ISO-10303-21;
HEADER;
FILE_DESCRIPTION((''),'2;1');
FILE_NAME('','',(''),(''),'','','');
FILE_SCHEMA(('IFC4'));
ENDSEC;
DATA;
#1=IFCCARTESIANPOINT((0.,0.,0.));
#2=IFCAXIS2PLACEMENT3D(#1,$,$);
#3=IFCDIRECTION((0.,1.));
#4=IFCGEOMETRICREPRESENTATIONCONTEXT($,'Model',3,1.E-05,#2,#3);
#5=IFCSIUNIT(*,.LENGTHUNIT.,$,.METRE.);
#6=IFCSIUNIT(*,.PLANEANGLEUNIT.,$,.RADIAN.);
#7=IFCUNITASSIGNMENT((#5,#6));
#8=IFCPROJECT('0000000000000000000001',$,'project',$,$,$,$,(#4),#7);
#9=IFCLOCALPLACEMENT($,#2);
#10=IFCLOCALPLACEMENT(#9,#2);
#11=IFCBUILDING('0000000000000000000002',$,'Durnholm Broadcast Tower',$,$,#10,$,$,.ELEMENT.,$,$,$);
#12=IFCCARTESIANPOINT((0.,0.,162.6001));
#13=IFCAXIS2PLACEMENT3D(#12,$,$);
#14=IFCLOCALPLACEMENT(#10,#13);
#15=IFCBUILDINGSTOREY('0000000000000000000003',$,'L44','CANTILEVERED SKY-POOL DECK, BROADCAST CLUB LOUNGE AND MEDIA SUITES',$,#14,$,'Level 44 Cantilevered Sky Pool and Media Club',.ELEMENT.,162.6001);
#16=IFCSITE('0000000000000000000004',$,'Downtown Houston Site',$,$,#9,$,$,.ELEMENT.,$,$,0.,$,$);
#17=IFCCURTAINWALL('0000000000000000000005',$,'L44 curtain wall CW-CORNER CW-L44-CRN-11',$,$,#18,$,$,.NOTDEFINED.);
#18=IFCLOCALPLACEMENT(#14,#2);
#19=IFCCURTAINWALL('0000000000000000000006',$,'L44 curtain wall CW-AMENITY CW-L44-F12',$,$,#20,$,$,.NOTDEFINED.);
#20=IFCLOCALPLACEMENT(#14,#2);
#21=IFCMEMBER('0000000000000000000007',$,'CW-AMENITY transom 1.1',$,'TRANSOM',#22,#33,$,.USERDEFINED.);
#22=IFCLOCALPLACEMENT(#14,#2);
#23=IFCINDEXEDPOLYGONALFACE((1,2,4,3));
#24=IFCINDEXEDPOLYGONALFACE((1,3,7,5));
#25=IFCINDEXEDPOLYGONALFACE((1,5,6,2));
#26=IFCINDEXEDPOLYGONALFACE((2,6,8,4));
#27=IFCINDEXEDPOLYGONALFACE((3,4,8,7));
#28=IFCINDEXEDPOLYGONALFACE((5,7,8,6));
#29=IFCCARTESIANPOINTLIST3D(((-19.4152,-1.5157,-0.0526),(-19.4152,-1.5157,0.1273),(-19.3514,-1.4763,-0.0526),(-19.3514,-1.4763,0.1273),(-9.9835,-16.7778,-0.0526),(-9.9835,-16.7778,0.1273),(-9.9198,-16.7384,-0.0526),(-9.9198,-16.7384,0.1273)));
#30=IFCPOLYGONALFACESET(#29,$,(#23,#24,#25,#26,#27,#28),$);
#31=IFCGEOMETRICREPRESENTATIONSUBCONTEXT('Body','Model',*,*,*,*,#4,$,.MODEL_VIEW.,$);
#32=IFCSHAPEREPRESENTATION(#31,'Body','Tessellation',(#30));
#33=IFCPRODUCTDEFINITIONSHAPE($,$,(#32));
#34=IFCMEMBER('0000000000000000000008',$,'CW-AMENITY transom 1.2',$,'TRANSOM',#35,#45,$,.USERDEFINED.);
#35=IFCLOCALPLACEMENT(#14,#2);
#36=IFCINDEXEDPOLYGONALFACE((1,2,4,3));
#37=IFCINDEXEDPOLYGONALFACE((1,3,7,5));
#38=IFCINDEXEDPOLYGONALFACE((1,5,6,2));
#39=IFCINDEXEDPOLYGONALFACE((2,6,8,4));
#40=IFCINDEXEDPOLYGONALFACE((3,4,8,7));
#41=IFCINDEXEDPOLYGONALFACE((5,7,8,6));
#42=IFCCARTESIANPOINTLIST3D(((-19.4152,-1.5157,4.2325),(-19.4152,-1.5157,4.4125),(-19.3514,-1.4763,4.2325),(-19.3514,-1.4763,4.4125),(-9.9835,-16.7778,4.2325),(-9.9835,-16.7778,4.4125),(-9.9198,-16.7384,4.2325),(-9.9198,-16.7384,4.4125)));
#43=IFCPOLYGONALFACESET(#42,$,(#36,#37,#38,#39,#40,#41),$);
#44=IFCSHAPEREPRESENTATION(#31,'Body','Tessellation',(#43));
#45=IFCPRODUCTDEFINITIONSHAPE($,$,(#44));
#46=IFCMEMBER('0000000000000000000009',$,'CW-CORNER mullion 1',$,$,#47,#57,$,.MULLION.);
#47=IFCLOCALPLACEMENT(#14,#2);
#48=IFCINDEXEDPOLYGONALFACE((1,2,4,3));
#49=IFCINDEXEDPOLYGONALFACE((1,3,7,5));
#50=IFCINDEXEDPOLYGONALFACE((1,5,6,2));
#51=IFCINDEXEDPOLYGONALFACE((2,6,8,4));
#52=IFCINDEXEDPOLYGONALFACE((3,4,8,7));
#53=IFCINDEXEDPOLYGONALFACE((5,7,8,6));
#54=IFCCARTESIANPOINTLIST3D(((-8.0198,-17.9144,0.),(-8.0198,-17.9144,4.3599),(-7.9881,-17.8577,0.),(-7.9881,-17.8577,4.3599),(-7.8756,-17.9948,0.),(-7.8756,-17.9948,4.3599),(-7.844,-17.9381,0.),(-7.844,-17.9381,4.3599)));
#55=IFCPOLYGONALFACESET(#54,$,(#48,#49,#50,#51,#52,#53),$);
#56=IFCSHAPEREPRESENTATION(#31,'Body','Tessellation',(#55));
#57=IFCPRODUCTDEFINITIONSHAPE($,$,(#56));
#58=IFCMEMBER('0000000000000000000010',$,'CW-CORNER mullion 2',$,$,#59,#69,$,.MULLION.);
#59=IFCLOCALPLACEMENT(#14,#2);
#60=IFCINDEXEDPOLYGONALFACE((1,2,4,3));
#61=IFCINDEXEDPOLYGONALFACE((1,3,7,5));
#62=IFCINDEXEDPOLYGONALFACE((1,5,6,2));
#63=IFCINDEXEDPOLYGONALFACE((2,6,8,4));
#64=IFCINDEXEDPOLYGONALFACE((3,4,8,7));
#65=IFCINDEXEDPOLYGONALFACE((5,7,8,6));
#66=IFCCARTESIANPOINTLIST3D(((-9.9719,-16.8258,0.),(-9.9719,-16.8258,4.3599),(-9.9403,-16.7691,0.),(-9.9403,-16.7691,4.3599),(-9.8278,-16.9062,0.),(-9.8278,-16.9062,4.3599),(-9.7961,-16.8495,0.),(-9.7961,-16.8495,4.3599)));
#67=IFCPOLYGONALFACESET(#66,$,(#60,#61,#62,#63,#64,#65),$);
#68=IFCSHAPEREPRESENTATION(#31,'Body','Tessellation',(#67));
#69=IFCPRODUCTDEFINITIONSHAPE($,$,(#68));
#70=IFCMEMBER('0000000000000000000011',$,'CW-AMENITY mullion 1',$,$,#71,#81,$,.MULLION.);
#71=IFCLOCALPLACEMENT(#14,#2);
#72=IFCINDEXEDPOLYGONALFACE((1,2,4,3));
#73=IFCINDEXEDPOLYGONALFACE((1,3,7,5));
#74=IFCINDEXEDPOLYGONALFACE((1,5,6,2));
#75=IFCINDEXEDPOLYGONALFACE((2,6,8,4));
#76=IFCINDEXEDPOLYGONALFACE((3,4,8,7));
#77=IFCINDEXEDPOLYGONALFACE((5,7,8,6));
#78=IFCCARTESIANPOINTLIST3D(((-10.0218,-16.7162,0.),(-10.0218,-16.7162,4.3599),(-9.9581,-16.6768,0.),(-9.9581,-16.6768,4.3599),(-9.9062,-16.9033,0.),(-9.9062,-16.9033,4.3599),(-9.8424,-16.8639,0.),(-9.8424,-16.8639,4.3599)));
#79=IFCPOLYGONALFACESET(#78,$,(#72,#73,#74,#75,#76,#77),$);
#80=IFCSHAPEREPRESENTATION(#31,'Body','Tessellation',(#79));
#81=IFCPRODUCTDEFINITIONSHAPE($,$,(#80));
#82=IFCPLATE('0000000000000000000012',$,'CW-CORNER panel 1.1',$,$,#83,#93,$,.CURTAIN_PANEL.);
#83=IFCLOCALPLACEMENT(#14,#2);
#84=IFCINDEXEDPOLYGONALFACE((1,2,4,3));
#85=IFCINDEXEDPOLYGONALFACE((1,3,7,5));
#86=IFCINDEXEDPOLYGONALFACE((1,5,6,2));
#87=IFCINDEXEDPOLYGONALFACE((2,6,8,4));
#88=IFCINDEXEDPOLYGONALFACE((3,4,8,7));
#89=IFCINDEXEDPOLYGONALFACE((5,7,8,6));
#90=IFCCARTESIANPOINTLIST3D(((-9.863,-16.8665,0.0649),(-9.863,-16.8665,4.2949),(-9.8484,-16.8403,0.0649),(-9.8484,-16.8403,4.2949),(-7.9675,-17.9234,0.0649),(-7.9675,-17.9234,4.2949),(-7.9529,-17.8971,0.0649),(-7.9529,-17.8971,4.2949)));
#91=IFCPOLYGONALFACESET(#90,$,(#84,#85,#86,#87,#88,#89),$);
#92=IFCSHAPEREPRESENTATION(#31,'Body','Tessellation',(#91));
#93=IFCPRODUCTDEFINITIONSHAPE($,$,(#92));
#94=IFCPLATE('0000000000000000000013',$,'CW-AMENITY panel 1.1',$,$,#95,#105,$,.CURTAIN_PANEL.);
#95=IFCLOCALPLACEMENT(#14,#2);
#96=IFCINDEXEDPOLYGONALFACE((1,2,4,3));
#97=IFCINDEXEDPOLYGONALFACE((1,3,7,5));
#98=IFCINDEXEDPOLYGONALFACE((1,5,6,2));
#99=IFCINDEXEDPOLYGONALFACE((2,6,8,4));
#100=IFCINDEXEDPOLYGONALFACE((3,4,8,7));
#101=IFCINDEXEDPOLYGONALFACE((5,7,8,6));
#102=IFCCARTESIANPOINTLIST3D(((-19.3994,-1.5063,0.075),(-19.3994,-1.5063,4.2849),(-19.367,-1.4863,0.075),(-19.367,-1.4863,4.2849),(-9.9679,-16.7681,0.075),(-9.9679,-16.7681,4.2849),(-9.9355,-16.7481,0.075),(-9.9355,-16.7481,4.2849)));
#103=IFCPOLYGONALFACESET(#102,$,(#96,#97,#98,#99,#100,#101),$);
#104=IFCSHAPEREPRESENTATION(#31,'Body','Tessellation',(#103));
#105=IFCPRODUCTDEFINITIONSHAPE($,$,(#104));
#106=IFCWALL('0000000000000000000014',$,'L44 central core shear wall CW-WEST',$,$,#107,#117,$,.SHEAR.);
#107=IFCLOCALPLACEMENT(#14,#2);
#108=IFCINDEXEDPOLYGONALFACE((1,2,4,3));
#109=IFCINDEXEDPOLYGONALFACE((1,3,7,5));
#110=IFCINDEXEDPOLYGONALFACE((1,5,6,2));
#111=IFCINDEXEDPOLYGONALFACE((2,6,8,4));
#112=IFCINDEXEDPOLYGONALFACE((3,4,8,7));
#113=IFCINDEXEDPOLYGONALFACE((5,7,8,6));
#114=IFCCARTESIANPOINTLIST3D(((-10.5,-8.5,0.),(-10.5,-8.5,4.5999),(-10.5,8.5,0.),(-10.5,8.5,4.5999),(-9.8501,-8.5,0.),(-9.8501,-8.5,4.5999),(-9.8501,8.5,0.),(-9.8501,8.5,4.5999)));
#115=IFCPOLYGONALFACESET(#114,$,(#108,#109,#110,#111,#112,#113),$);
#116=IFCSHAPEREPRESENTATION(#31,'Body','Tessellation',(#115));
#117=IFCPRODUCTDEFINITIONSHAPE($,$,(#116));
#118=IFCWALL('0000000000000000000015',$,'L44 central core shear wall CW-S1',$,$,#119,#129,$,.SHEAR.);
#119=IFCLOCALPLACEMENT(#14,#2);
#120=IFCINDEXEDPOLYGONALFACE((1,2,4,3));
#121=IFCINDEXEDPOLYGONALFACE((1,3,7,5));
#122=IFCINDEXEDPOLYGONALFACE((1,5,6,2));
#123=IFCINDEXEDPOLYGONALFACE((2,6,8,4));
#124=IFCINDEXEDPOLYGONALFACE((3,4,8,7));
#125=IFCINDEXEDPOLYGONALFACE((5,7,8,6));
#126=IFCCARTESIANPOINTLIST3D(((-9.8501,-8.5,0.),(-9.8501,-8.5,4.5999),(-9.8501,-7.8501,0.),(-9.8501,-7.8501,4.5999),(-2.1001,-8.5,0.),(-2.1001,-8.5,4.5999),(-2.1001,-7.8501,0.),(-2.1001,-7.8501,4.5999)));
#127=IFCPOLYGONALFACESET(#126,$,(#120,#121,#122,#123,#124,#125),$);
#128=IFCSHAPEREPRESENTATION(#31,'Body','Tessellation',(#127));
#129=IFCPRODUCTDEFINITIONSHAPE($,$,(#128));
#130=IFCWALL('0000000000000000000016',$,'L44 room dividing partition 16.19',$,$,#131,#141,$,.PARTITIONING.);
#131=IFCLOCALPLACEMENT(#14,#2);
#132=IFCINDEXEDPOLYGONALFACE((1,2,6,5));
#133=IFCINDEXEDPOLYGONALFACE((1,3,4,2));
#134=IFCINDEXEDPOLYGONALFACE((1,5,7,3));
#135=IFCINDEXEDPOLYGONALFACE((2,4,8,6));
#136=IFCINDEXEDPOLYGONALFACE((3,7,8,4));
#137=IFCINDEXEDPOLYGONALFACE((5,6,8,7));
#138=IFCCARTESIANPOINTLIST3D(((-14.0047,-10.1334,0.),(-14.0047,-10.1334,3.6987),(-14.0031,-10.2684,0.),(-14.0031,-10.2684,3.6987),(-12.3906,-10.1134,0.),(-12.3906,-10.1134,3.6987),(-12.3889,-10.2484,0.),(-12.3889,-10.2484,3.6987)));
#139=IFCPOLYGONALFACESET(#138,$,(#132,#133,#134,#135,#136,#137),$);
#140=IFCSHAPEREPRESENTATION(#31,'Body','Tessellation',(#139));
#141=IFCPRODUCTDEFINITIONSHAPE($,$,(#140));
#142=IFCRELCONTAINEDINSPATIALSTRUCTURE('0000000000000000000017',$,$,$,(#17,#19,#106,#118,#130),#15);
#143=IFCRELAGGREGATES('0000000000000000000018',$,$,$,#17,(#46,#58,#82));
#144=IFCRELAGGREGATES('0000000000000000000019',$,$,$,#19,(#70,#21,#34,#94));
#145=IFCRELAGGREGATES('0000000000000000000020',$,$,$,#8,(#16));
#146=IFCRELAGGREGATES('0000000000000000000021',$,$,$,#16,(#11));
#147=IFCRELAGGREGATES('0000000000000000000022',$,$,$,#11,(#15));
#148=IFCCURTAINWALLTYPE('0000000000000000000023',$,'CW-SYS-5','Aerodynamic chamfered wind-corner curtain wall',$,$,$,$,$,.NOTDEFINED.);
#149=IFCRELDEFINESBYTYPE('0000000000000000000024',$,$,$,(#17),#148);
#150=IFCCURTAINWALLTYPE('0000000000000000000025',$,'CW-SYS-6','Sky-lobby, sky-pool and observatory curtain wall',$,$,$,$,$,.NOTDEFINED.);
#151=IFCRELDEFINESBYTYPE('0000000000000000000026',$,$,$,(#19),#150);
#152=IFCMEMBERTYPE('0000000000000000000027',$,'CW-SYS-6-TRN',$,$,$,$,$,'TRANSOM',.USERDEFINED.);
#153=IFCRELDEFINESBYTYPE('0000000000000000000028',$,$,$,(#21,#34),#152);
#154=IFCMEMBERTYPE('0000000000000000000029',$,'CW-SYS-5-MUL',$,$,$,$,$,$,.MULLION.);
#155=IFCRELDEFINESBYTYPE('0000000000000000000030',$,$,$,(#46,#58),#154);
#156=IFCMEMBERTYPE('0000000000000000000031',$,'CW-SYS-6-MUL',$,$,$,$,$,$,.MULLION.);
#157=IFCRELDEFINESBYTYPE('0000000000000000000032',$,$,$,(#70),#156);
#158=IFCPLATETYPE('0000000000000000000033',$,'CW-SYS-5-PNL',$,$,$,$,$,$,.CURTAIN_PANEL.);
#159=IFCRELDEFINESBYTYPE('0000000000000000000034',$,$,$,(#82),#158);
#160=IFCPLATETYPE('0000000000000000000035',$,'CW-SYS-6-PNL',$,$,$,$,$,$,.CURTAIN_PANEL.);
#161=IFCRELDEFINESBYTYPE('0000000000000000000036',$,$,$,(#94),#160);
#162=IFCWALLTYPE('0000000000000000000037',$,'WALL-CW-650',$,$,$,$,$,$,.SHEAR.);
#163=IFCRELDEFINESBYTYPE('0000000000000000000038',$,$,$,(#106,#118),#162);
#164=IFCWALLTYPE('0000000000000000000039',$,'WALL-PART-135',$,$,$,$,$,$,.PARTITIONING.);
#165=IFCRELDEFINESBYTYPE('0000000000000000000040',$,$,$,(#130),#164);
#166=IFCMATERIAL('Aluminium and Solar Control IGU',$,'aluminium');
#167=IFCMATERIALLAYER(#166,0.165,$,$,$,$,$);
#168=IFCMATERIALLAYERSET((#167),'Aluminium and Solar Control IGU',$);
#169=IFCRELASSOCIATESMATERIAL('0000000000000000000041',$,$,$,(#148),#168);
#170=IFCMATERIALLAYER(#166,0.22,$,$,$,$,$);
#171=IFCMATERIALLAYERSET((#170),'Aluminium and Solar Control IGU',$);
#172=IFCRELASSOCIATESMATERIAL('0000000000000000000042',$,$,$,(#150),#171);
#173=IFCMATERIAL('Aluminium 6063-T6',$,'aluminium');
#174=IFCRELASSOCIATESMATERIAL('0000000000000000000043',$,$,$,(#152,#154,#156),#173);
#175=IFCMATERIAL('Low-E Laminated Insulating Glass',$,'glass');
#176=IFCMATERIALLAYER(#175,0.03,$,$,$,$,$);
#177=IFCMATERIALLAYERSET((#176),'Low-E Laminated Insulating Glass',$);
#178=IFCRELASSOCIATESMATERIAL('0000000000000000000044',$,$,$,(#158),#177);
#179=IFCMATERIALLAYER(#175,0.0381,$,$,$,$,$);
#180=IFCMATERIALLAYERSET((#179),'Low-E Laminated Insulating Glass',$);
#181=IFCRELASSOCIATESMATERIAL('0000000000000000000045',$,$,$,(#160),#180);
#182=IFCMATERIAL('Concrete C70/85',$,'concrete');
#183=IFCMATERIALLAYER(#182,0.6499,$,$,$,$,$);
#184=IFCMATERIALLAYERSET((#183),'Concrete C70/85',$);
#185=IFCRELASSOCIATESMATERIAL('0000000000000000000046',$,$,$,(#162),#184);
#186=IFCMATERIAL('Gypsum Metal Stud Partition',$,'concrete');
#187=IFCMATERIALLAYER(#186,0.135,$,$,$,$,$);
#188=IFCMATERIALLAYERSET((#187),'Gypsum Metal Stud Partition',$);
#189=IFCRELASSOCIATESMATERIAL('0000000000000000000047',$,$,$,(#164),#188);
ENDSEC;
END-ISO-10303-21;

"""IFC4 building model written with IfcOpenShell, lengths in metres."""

from ifc_helpers import new_model, si_unit, direction, frame, frame_2d, origin, origin_2d, place, context, subcontext, project, spatial, rectangle, extrude, source, transform, mapped, material, layer, layer_set, material_profile, profile_set, type_object, type_shapes, element, aggregate, save


model = new_model("IFC4")

# Units and contexts
model_context = context("Model", 3, precision=1e-05, world=origin(), true_north=direction((0.0, 1.0)))
body_context = subcontext(model_context, "Body", "Model", "MODEL_VIEW")
ifc_project = project(units=[si_unit("LENGTHUNIT", "METRE"), si_unit("PLANEANGLEUNIT", "RADIAN")], contexts=[model_context])

# Site, building, storey
site_placement = place(None, origin())
site = spatial("IfcSite", under=ifc_project, at=site_placement, Name="Downtown Houston Site", CompositionType="ELEMENT", RefElevation=0.0)
building_placement = place(site_placement, origin())
building = spatial("IfcBuilding", under=site, at=building_placement, Name="Durnholm Broadcast Tower", CompositionType="ELEMENT")
storey_placement = place(building_placement, frame((0.0, 0.0, 162.6001)))
storey = spatial("IfcBuildingStorey", under=building, at=storey_placement, Name="L44", Description="CANTILEVERED SKY-POOL DECK, BROADCAST CLUB LOUNGE AND MEDIA SUITES", LongName="Level 44 Cantilevered Sky Pool and Media Club", CompositionType="ELEMENT", Elevation=162.6001)

# Shared definitions
ifc_material_1 = material(Name="Concrete C70/85", Category="concrete")

# Curtain walls, members
ifc_material_2 = material(Name="Aluminium and Solar Control IGU", Category="aluminium")
ifc_layer_1 = layer(ifc_material_2, 0.165)
ifc_layer_set_1 = layer_set([ifc_layer_1], Name="Aluminium and Solar Control IGU")
curtain_wall_type_1 = type_object("IfcCurtainWallType", Name="CW-SYS-5", Description="Aerodynamic chamfered wind-corner curtain wall", PredefinedType="NOTDEFINED", material=ifc_layer_set_1)
curtain_wall_1_placement = place(storey_placement, origin())
curtain_wall_1 = element("IfcCurtainWall", 1, at=curtain_wall_1_placement, inside=storey, type_object=curtain_wall_type_1, Name="L44 curtain wall CW-CORNER CW-L44-CRN-11", PredefinedType="NOTDEFINED")
ifc_material_3 = material(Name="Aluminium 6063-T6", Category="aluminium")
ifc_layer_2 = layer(ifc_material_2, 0.22)
ifc_layer_set_2 = layer_set([ifc_layer_2], Name="Aluminium and Solar Control IGU")
curtain_wall_type_2 = type_object("IfcCurtainWallType", Name="CW-SYS-6", Description="Sky-lobby, sky-pool and observatory curtain wall", PredefinedType="NOTDEFINED", material=ifc_layer_set_2)
curtain_wall_2_placement = place(storey_placement, origin())
curtain_wall_2 = element("IfcCurtainWall", 2, at=curtain_wall_2_placement, inside=storey, type_object=curtain_wall_type_2, Name="L44 curtain wall CW-AMENITY CW-L44-F12", PredefinedType="NOTDEFINED")
ifc_material_profile_1 = material_profile(ifc_material_3, rectangle(XDim=0.075, YDim=0.1799, at=origin_2d()), Name="CWT75X180")
ifc_profile_set_1 = profile_set([ifc_material_profile_1], Name="Aluminium 6063-T6")
member_type_1 = type_object("IfcMemberType", Name="CW-SYS-6-TRN", ElementType="TRANSOM", PredefinedType="USERDEFINED", material=ifc_profile_set_1)
shared_shape_1 = source(origin(), body_context, "Body", "SweptSolid", [
    extrude(rectangle(XDim=0.075, YDim=0.1799, at=origin_2d()), origin(), (0.0, 0.0, 1.0), 17.9412),
])
type_shapes(member_type_1, [shared_shape_1])
member_1_placement = place(storey_placement, frame((-9.9517, -16.7581, 0.0374), z_axis=(-0.5257, 0.85067, 0.0), x_axis=(-0.85067, -0.5257, 0.0)))
member_1 = element("IfcMember", 3, at=member_1_placement, type_object=member_type_1, Name="CW-AMENITY transom 1.1", ObjectType="TRANSOM", PredefinedType="USERDEFINED", context=body_context, shape_type="MappedRepresentation", body=[
    mapped(shared_shape_1, transform((0.0, 0.0, 0.0), x_axis=(1.0, 0.0, 0.0), y_axis=(0.0, 1.0, 0.0), z_axis=(0.0, 0.0, 1.0), scale=1.0)),
])
member_2_placement = place(storey_placement, frame((-9.9517, -16.7581, 4.3225), z_axis=(-0.5257, 0.85067, 0.0), x_axis=(-0.85067, -0.5257, 0.0)))
member_2 = element("IfcMember", 4, at=member_2_placement, type_object=member_type_1, Name="CW-AMENITY transom 1.2", ObjectType="TRANSOM", PredefinedType="USERDEFINED", context=body_context, shape_type="MappedRepresentation", body=[
    mapped(shared_shape_1, transform((0.0, 0.0, 0.0), x_axis=(1.0, 0.0, 0.0), y_axis=(0.0, 1.0, 0.0), z_axis=(0.0, 0.0, 1.0), scale=1.0)),
])

# Members
ifc_material_profile_2 = material_profile(ifc_material_3, rectangle(XDim=0.0649, YDim=0.165, at=origin_2d()), Name="CWM65X165")
ifc_profile_set_2 = profile_set([ifc_material_profile_2], Name="Aluminium 6063-T6")
member_type_2 = type_object("IfcMemberType", Name="CW-SYS-5-MUL", PredefinedType="MULLION", material=ifc_profile_set_2)
shared_shape_2 = source(origin(), body_context, "Body", "SweptSolid", [
    extrude(rectangle(XDim=0.0649, YDim=0.165, at=origin_2d()), origin(), (0.0, 0.0, 1.0), 4.3599),
])
type_shapes(member_type_2, [shared_shape_2])
member_3_placement = place(storey_placement, frame((-7.9319, -17.9263, 0.0), z_axis=(0.0, 0.0, 1.0), x_axis=(-0.486986, -0.87341, 0.0)))
member_3 = element("IfcMember", 5, at=member_3_placement, type_object=member_type_2, Name="CW-CORNER mullion 1", PredefinedType="MULLION", context=body_context, shape_type="MappedRepresentation", body=[
    mapped(shared_shape_2, transform((0.0, 0.0, 0.0), x_axis=(1.0, 0.0, 0.0), y_axis=(0.0, 1.0, 0.0), z_axis=(0.0, 0.0, 1.0), scale=1.0)),
])
member_4_placement = place(storey_placement, frame((-9.884, -16.8376, 0.0), z_axis=(0.0, 0.0, 1.0), x_axis=(-0.486986, -0.87341, 0.0)))
member_4 = element("IfcMember", 6, at=member_4_placement, type_object=member_type_2, Name="CW-CORNER mullion 2", PredefinedType="MULLION", context=body_context, shape_type="MappedRepresentation", body=[
    mapped(shared_shape_2, transform((0.0, 0.0, 0.0), x_axis=(1.0, 0.0, 0.0), y_axis=(0.0, 1.0, 0.0), z_axis=(0.0, 0.0, 1.0), scale=1.0)),
])
ifc_material_profile_3 = material_profile(ifc_material_3, rectangle(XDim=0.075, YDim=0.22, at=origin_2d()), Name="CWM75X220")
ifc_profile_set_3 = profile_set([ifc_material_profile_3], Name="Aluminium 6063-T6")
member_type_3 = type_object("IfcMemberType", Name="CW-SYS-6-MUL", PredefinedType="MULLION", material=ifc_profile_set_3)
shared_shape_3 = source(origin(), body_context, "Body", "SweptSolid", [
    extrude(rectangle(XDim=0.075, YDim=0.22, at=origin_2d()), origin(), (0.0, 0.0, 1.0), 4.3599),
])
type_shapes(member_type_3, [shared_shape_3])
member_5_placement = place(storey_placement, frame((-9.9321, -16.79, 0.0), z_axis=(0.0, 0.0, 1.0), x_axis=(-0.850671, -0.525698, 0.0)))
member_5 = element("IfcMember", 7, at=member_5_placement, type_object=member_type_3, Name="CW-AMENITY mullion 1", PredefinedType="MULLION", context=body_context, shape_type="MappedRepresentation", body=[
    mapped(shared_shape_3, transform((0.0, 0.0, 0.0), x_axis=(1.0, 0.0, 0.0), y_axis=(0.0, 1.0, 0.0), z_axis=(0.0, 0.0, 1.0), scale=1.0)),
])

# Plates
ifc_material_4 = material(Name="Low-E Laminated Insulating Glass", Category="glass")
ifc_layer_3 = layer(ifc_material_4, 0.03)
ifc_layer_set_3 = layer_set([ifc_layer_3], Name="Low-E Laminated Insulating Glass")
plate_type_1 = type_object("IfcPlateType", Name="CW-SYS-5-PNL", PredefinedType="CURTAIN_PANEL", material=ifc_layer_set_3)
shared_shape_4 = source(origin(), body_context, "Body", "SweptSolid", [
    extrude(rectangle(XDim=2.1702, YDim=0.03, at=origin_2d()), origin(), (0.0, 0.0, 1.0), 4.23),
])
type_shapes(plate_type_1, [shared_shape_4])
plate_1_placement = place(storey_placement, frame((-8.908, -17.3818, 0.0649), z_axis=(0.0, 0.0, 1.0), x_axis=(-0.87341, 0.486986, 0.0)))
plate_1 = element("IfcPlate", 8, at=plate_1_placement, type_object=plate_type_1, Name="CW-CORNER panel 1.1", PredefinedType="CURTAIN_PANEL", context=body_context, shape_type="MappedRepresentation", body=[
    mapped(shared_shape_4, transform((0.0, 0.0, 0.0), x_axis=(1.0, 0.0, 0.0), y_axis=(0.0, 1.0, 0.0), z_axis=(0.0, 0.0, 1.0), scale=1.0)),
])
aggregate(curtain_wall_1, [member_3, member_4, plate_1])
ifc_layer_4 = layer(ifc_material_4, 0.0381)
ifc_layer_set_4 = layer_set([ifc_layer_4], Name="Low-E Laminated Insulating Glass")
plate_type_2 = type_object("IfcPlateType", Name="CW-SYS-6-PNL", PredefinedType="CURTAIN_PANEL", material=ifc_layer_set_4)
shared_shape_5 = source(origin(), body_context, "Body", "SweptSolid", [
    extrude(rectangle(XDim=17.9409, YDim=0.0381, at=origin_2d()), origin(), (0.0, 0.0, 1.0), 4.21),
])
type_shapes(plate_type_2, [shared_shape_5])
plate_2_placement = place(storey_placement, frame((-14.6675, -9.1272, 0.075), z_axis=(0.0, 0.0, 1.0), x_axis=(-0.525698, 0.850671, 0.0)))
plate_2 = element("IfcPlate", 9, at=plate_2_placement, type_object=plate_type_2, Name="CW-AMENITY panel 1.1", PredefinedType="CURTAIN_PANEL", context=body_context, shape_type="MappedRepresentation", body=[
    mapped(shared_shape_5, transform((0.0, 0.0, 0.0), x_axis=(1.0, 0.0, 0.0), y_axis=(0.0, 1.0, 0.0), z_axis=(0.0, 0.0, 1.0), scale=1.0)),
])
aggregate(curtain_wall_2, [member_5, member_1, member_2, plate_2])

# Walls
ifc_layer_5 = layer(ifc_material_1, 0.6499)
ifc_layer_set_5 = layer_set([ifc_layer_5], Name="Concrete C70/85")
wall_type_1 = type_object("IfcWallType", Name="WALL-CW-650", PredefinedType="SHEAR", material=ifc_layer_set_5)
wall_1_placement = place(storey_placement, frame((-10.175, -8.5, 0.0), z_axis=(0.0, 0.0, 1.0), x_axis=(0.0, 1.0, 0.0)))
element("IfcWall", 10, at=wall_1_placement, inside=storey, type_object=wall_type_1, Name="L44 central core shear wall CW-WEST", PredefinedType="SHEAR", context=body_context, shape_type="SweptSolid", body=[
    extrude(rectangle(XDim=17.0, YDim=0.6499, at=frame_2d((8.5, 0.0))), origin(), (0.0, 0.0, 1.0), 4.5999),
])
wall_2_placement = place(storey_placement, frame((-9.8501, -8.175, 0.0), z_axis=(0.0, 0.0, 1.0), x_axis=(1.0, 0.0, 0.0)))
element("IfcWall", 11, at=wall_2_placement, inside=storey, type_object=wall_type_1, Name="L44 central core shear wall CW-S1", PredefinedType="SHEAR", context=body_context, shape_type="SweptSolid", body=[
    extrude(rectangle(XDim=7.75, YDim=0.6499, at=frame_2d((3.875, 0.0))), origin(), (0.0, 0.0, 1.0), 4.5999),
])

# Wall
ifc_material_5 = material(Name="Gypsum Metal Stud Partition", Category="concrete")
ifc_layer_6 = layer(ifc_material_5, 0.135)
ifc_layer_set_6 = layer_set([ifc_layer_6], Name="Gypsum Metal Stud Partition")
wall_type_2 = type_object("IfcWallType", Name="WALL-PART-135", PredefinedType="PARTITIONING", material=ifc_layer_set_6)
wall_3_placement = place(storey_placement, frame((-14.0039, -10.2009, 0.0), z_axis=(0.0, 0.0, 1.0), x_axis=(0.999923, 0.012403, 0.0)))
element("IfcWall", 12, at=wall_3_placement, inside=storey, type_object=wall_type_2, Name="L44 room dividing partition 16.19", PredefinedType="PARTITIONING", context=body_context, shape_type="SweptSolid", body=[
    extrude(rectangle(XDim=1.6143, YDim=0.135, at=frame_2d((0.8071, 0.0))), origin(), (0.0, 0.0, 1.0), 3.6987),
])

save(model, "model.ifc")
